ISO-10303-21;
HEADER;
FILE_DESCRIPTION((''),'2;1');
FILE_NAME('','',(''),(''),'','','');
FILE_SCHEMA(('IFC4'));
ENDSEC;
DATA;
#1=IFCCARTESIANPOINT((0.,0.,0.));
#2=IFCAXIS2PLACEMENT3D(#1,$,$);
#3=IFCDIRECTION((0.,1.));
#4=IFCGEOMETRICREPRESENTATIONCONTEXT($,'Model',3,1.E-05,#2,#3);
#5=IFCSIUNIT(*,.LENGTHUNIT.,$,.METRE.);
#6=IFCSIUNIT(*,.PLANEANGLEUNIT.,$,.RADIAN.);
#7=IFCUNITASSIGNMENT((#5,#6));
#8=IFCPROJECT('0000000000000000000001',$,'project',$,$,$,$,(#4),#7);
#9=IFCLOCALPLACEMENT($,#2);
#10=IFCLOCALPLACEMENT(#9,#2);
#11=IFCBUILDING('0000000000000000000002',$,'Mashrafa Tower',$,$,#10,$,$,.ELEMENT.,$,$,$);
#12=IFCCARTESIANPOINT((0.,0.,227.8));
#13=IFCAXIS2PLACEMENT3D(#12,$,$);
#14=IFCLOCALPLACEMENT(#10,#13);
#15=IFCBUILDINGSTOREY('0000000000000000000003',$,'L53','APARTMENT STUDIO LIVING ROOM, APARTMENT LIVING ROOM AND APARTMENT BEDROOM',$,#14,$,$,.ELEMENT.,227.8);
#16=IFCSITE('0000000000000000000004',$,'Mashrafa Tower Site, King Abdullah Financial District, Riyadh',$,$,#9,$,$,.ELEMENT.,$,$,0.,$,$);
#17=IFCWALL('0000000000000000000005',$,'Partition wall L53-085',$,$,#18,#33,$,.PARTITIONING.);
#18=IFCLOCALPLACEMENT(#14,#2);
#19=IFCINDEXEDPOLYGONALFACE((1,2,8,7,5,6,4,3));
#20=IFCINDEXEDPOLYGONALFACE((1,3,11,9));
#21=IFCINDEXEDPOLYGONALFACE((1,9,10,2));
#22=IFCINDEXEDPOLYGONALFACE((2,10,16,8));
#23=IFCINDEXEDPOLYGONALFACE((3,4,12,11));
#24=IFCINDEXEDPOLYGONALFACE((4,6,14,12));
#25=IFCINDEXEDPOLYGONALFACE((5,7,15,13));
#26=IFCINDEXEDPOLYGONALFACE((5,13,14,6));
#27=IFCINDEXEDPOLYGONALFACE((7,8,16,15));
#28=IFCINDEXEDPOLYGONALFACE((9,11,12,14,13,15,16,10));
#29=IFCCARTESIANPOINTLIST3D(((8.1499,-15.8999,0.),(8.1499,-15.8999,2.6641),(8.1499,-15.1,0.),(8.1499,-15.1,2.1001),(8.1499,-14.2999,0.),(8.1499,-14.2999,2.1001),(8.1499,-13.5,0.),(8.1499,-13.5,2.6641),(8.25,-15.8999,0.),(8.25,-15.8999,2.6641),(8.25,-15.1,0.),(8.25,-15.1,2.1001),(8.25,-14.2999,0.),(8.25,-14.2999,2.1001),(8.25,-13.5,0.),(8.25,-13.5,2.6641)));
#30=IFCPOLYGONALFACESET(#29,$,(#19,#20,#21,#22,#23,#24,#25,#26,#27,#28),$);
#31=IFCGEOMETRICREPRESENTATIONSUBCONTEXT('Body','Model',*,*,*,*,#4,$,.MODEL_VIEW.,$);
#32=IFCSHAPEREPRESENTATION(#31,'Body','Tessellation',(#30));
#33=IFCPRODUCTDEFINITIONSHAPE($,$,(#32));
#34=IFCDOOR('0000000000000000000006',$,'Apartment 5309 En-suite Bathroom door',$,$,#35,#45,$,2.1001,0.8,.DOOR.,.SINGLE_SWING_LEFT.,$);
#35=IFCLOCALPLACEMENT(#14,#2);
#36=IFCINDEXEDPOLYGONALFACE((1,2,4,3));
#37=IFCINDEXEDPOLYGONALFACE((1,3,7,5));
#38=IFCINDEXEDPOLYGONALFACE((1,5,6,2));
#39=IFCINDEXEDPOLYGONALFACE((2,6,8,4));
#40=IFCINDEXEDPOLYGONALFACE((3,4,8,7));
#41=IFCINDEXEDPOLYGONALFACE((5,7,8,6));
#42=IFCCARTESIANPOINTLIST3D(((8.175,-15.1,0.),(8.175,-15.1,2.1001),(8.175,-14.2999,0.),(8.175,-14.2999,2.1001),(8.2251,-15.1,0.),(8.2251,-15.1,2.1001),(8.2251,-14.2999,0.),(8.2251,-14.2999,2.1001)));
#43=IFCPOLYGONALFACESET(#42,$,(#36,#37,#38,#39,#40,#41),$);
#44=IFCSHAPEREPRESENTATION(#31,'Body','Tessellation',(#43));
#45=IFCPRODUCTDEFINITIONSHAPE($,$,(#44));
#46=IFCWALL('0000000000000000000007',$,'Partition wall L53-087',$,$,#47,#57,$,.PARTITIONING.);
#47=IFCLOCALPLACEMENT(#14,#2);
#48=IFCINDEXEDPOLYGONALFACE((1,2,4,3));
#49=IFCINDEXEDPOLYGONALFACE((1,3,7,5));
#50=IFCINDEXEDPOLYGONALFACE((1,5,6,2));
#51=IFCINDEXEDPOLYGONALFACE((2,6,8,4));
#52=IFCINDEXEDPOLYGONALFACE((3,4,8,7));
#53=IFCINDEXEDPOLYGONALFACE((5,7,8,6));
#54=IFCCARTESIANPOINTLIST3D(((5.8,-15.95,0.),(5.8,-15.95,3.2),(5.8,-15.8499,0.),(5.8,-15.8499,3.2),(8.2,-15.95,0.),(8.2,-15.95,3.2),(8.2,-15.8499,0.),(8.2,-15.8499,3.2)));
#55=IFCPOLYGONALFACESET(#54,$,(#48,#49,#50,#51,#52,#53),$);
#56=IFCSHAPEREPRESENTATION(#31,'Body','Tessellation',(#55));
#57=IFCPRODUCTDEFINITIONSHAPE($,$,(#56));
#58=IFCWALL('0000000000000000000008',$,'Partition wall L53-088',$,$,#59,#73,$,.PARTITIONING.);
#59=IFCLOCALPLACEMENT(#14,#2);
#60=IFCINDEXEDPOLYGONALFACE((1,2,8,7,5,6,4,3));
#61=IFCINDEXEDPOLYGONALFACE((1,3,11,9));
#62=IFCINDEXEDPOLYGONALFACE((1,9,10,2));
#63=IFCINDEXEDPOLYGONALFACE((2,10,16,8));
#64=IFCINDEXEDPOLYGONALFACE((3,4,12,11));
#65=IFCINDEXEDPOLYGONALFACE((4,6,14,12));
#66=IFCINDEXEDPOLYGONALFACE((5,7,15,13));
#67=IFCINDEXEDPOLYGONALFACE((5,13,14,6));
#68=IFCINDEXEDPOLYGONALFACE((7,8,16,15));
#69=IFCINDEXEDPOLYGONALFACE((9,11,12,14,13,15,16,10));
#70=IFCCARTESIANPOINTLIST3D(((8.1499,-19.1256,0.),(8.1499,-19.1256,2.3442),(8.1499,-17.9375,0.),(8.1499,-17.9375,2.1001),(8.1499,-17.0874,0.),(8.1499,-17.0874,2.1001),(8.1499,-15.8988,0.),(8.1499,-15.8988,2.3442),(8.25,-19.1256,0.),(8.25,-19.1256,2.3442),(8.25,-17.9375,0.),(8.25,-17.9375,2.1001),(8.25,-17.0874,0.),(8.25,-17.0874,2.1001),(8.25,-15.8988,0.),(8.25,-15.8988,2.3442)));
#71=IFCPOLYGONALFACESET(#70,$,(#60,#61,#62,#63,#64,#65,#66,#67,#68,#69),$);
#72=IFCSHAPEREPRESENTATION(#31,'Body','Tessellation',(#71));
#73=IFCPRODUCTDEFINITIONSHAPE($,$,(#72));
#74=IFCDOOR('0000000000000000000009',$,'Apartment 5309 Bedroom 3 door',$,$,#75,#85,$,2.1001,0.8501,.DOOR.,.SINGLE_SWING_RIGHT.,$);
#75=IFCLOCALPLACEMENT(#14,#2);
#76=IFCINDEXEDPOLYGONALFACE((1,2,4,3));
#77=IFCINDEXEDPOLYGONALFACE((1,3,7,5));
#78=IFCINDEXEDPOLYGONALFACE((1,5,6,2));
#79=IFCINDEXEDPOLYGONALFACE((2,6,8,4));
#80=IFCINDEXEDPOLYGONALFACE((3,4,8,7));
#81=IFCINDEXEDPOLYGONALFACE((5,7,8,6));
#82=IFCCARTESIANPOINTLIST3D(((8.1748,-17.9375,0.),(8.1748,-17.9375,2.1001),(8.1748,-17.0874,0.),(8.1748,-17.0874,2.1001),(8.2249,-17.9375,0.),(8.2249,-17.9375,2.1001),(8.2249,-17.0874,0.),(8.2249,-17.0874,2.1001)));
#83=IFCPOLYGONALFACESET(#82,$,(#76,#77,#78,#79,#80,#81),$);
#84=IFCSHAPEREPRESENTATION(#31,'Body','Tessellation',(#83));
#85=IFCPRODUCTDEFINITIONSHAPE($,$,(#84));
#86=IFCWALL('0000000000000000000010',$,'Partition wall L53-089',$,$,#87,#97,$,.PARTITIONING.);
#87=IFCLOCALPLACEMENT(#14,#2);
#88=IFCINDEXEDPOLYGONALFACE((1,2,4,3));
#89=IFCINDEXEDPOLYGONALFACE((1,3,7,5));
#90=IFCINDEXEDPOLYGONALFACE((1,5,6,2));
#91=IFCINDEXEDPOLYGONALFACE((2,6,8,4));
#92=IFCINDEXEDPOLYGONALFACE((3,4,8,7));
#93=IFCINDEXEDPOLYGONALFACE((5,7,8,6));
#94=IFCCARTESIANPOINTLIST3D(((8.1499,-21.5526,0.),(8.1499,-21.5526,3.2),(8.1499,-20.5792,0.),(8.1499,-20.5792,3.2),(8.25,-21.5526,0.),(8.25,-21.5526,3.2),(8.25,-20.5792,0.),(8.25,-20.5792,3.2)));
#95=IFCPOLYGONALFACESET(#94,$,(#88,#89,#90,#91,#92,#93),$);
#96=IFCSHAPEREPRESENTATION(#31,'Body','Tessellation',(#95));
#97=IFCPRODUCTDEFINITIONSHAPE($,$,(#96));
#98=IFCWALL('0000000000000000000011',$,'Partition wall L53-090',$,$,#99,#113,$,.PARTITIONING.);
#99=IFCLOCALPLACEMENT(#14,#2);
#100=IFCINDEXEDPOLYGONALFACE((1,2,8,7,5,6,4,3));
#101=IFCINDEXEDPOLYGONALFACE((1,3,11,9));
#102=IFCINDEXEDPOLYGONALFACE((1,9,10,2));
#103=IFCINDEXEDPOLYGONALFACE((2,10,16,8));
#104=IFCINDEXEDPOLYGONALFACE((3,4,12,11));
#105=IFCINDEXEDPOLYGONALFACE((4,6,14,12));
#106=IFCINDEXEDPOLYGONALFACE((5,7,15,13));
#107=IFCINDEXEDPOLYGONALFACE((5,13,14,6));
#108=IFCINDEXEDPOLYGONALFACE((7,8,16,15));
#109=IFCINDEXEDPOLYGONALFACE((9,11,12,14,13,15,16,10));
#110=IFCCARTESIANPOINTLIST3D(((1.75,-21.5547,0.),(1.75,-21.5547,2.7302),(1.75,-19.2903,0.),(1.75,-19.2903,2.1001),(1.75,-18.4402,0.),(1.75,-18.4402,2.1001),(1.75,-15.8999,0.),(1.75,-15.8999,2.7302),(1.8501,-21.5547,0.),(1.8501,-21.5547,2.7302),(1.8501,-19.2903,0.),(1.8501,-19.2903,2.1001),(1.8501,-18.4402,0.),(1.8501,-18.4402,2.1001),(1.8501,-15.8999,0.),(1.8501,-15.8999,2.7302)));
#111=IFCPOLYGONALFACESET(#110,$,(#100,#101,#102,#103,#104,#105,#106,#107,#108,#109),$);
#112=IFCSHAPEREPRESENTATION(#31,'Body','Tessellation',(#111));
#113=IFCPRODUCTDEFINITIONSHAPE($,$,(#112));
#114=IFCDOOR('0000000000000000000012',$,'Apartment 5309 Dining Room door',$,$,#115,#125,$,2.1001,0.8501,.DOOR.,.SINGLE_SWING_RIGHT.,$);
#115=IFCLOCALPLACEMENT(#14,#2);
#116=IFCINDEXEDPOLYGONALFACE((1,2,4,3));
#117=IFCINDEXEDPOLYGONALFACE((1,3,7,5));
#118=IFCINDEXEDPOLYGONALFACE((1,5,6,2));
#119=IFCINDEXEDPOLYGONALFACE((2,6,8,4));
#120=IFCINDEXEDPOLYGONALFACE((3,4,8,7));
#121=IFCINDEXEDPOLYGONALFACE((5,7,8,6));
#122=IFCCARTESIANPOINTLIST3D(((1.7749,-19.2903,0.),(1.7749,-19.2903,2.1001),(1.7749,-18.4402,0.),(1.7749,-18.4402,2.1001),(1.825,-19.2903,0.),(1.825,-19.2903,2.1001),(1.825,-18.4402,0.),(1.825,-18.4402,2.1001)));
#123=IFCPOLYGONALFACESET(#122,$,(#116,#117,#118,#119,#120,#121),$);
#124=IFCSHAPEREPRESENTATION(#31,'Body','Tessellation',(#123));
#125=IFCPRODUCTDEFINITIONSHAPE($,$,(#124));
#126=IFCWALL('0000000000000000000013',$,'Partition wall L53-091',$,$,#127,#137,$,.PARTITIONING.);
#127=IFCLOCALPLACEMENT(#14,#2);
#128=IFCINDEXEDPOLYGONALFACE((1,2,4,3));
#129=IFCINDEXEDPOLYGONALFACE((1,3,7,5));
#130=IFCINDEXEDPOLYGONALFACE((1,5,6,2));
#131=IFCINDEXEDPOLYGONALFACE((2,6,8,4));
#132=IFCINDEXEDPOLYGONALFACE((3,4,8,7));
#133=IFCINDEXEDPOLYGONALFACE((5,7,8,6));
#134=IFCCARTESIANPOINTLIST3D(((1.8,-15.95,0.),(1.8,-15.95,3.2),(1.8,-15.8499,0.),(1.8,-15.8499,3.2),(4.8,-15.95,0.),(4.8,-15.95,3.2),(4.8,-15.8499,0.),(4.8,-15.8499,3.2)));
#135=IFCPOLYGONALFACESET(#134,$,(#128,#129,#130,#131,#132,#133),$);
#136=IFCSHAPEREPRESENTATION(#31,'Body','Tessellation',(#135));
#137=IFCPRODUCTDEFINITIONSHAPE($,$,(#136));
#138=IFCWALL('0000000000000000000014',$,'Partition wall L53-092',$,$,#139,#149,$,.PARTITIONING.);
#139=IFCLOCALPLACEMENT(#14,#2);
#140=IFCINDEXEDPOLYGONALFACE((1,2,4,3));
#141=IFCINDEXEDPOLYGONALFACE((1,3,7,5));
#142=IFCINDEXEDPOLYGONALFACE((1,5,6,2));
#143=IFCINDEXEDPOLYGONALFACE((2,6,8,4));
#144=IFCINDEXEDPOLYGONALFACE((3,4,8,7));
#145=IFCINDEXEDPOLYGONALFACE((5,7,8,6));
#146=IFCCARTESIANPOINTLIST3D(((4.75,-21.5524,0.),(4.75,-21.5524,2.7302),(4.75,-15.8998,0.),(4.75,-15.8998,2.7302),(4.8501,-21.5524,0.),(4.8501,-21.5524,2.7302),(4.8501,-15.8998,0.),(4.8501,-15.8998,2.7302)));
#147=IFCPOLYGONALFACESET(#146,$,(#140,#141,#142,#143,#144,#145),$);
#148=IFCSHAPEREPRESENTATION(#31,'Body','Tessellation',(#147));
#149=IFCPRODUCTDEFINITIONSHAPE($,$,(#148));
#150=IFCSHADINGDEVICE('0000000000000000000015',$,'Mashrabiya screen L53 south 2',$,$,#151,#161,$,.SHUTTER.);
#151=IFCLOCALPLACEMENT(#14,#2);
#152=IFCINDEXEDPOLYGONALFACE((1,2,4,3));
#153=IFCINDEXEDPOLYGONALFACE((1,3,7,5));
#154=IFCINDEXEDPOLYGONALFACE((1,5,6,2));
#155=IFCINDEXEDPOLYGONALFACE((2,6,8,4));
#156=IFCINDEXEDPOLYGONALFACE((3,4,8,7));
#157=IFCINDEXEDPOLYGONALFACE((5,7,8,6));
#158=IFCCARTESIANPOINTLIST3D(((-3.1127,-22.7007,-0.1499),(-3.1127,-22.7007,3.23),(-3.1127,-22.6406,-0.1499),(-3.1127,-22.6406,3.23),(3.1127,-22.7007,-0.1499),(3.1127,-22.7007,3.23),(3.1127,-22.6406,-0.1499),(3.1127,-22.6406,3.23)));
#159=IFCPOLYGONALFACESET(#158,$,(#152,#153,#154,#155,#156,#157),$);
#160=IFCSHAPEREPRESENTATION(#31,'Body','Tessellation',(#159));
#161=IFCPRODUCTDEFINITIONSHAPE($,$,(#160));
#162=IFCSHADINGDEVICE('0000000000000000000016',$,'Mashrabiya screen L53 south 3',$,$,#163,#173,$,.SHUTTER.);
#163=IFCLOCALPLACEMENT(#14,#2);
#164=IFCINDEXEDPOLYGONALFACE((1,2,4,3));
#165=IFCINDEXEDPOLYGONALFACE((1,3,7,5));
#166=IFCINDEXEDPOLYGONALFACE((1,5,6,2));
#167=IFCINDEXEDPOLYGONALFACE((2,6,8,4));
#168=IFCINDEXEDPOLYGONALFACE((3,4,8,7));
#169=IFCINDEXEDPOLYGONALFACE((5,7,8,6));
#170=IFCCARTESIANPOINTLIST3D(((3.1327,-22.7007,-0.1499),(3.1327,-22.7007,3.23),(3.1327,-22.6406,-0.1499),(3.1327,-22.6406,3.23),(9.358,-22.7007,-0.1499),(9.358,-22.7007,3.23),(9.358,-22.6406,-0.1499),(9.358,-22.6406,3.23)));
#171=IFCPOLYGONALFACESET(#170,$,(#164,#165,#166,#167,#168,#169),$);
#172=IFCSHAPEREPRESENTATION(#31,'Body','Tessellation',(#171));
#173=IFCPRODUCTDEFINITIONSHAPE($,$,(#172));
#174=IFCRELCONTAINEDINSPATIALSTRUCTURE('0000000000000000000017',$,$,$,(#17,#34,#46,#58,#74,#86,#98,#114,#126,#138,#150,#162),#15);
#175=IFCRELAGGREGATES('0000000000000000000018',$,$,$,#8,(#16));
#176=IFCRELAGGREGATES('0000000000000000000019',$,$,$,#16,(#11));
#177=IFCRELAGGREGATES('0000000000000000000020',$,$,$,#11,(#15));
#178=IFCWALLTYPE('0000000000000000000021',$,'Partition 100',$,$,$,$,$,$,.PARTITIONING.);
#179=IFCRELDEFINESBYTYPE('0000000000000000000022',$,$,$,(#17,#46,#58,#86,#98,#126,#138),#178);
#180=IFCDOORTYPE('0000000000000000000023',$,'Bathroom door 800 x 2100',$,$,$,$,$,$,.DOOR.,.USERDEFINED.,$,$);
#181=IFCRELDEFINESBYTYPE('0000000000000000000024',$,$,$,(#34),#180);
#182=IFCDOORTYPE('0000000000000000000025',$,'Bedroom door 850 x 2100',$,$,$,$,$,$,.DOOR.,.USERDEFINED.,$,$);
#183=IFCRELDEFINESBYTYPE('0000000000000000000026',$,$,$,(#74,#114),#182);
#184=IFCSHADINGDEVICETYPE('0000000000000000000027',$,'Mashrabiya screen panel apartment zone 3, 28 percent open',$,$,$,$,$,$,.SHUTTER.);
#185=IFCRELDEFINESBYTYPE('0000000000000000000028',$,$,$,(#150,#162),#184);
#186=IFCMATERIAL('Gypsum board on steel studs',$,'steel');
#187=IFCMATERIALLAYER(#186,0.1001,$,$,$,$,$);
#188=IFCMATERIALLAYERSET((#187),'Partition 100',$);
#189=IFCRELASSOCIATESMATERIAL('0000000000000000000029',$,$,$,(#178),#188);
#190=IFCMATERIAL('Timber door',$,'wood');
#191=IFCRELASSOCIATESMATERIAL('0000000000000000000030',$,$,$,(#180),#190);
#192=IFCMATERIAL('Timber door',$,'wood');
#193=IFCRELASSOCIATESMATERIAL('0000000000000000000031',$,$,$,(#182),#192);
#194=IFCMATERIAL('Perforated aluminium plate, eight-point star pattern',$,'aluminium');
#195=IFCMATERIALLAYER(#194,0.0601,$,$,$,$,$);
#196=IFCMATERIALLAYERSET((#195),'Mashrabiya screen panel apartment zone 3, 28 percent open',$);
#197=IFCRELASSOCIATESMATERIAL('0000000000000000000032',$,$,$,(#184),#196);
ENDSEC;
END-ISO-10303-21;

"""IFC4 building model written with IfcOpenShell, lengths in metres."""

from ifc_helpers import new_model, si_unit, direction, frame, frame_2d, origin, origin_2d, place, context, subcontext, project, spatial, rectangle, extrude, source, transform, mapped, material, layer, layer_set, type_object, type_shapes, element, fill, save


model = new_model("IFC4")

# Units and contexts
model_context = context("Model", 3, precision=1e-05, world=origin(), true_north=direction((0.0, 1.0)))
body_context = subcontext(model_context, "Body", "Model", "MODEL_VIEW")
ifc_project = project(units=[si_unit("LENGTHUNIT", "METRE"), si_unit("PLANEANGLEUNIT", "RADIAN")], contexts=[model_context])

# Site, building, storey
site_placement = place(None, origin())
site = spatial("IfcSite", under=ifc_project, at=site_placement, Name="Mashrafa Tower Site, King Abdullah Financial District, Riyadh", CompositionType="ELEMENT", RefElevation=0.0)
building_placement = place(site_placement, origin())
building = spatial("IfcBuilding", under=site, at=building_placement, Name="Mashrafa Tower", CompositionType="ELEMENT")
storey_placement = place(building_placement, frame((0.0, 0.0, 227.8)))
storey = spatial("IfcBuildingStorey", under=building, at=storey_placement, Name="L53", Description="APARTMENT STUDIO LIVING ROOM, APARTMENT LIVING ROOM AND APARTMENT BEDROOM", CompositionType="ELEMENT", Elevation=227.8)

# Wall, opening, door
ifc_material_1 = material(Name="Gypsum board on steel studs", Category="steel")
ifc_layer_1 = layer(ifc_material_1, 0.1001)
ifc_layer_set_1 = layer_set([ifc_layer_1], Name="Partition 100")
wall_type = type_object("IfcWallType", Name="Partition 100", PredefinedType="PARTITIONING", material=ifc_layer_set_1)
wall_1_placement = place(storey_placement, frame((8.2, -15.8999, 0.0), z_axis=(0.0, 0.0, 1.0), x_axis=(0.0, 1.0, 0.0)))
wall_1 = element("IfcWall", 1, at=wall_1_placement, inside=storey, type_object=wall_type, Name="Partition wall L53-085", PredefinedType="PARTITIONING", context=body_context, shape_type="SweptSolid", body=[
    extrude(rectangle(XDim=2.3999, YDim=0.1001, at=frame_2d((1.2, 0.0))), origin(), (0.0, 0.0, 1.0), 2.6641),
])
opening_1_placement = place(wall_1_placement, frame((0.8, 0.0, 0.0)))
opening_1 = element("IfcOpeningElement", 2, at=opening_1_placement, cuts=wall_1, PredefinedType="OPENING", context=body_context, shape_type="SweptSolid", body=[
    extrude(rectangle(XDim=0.8, YDim=2.1001, at=frame_2d((0.3999, 1.05))), frame((0.0, 0.0601, 0.0), z_axis=(0.0, -1.0, 0.0), x_axis=(1.0, 0.0, 0.0)), (0.0, 0.0, 1.0), 0.1201),
])
ifc_material_2 = material(Name="Timber door", Category="wood")
door_type_1 = type_object("IfcDoorType", Name="Bathroom door 800 x 2100", OperationType="USERDEFINED", PredefinedType="DOOR", material=ifc_material_2)
door_1_placement = place(opening_1_placement, origin())
door_1 = element("IfcDoor", 3, at=door_1_placement, inside=storey, type_object=door_type_1, Name="Apartment 5309 En-suite Bathroom door", OperationType="SINGLE_SWING_LEFT", OverallHeight=2.1001, OverallWidth=0.8, PredefinedType="DOOR", context=body_context, shape_type="SweptSolid", body=[
    extrude(rectangle(XDim=0.8, YDim=2.1001, at=frame_2d((0.3999, 1.05))), frame((0.0, 0.0249, 0.0), z_axis=(0.0, -1.0, 0.0), x_axis=(1.0, 0.0, 0.0)), (0.0, 0.0, 1.0), 0.05),
])
fill(opening_1, door_1)

# Wall
wall_2_placement = place(storey_placement, frame((5.8, -15.8999, 0.0), z_axis=(0.0, 0.0, 1.0), x_axis=(1.0, 0.0, 0.0)))
element("IfcWall", 4, at=wall_2_placement, inside=storey, type_object=wall_type, Name="Partition wall L53-087", PredefinedType="PARTITIONING", context=body_context, shape_type="SweptSolid", body=[
    extrude(rectangle(XDim=2.3999, YDim=0.1001, at=frame_2d((1.2, 0.0))), origin(), (0.0, 0.0, 1.0), 3.2),
])

# Wall, opening, door
wall_3_placement = place(storey_placement, frame((8.2, -15.8989, 0.0), z_axis=(0.0, 0.0, 1.0), x_axis=(0.0, -1.0, 0.0)))
wall_3 = element("IfcWall", 5, at=wall_3_placement, inside=storey, type_object=wall_type, Name="Partition wall L53-088", PredefinedType="PARTITIONING", context=body_context, shape_type="SweptSolid", body=[
    extrude(rectangle(XDim=3.2268, YDim=0.1001, at=frame_2d((1.6133, 0.0))), origin(), (0.0, 0.0, 1.0), 2.3442),
])
opening_2_placement = place(wall_3_placement, frame((1.1885, 0.0, 0.0)))
opening_2 = element("IfcOpeningElement", 6, at=opening_2_placement, cuts=wall_3, PredefinedType="OPENING", context=body_context, shape_type="SweptSolid", body=[
    extrude(rectangle(XDim=0.8501, YDim=2.1001, at=frame_2d((0.425, 1.05))), frame((0.0, 0.0601, 0.0), z_axis=(0.0, -1.0, 0.0), x_axis=(1.0, 0.0, 0.0)), (0.0, 0.0, 1.0), 0.1201),
])
ifc_material_3 = material(Name="Timber door", Category="wood")
door_type_2 = type_object("IfcDoorType", Name="Bedroom door 850 x 2100", OperationType="USERDEFINED", PredefinedType="DOOR", material=ifc_material_3)
door_2_placement = place(opening_2_placement, origin())
door_2 = element("IfcDoor", 7, at=door_2_placement, inside=storey, type_object=door_type_2, Name="Apartment 5309 Bedroom 3 door", OperationType="SINGLE_SWING_RIGHT", OverallHeight=2.1001, OverallWidth=0.8501, PredefinedType="DOOR", context=body_context, shape_type="SweptSolid", body=[
    extrude(rectangle(XDim=0.8501, YDim=2.1001, at=frame_2d((0.425, 1.05))), frame((0.0, 0.0249, 0.0), z_axis=(0.0, -1.0, 0.0), x_axis=(1.0, 0.0, 0.0)), (0.0, 0.0, 1.0), 0.05),
])
fill(opening_2, door_2)

# Wall
wall_4_placement = place(storey_placement, frame((8.2, -20.5791, 0.0), z_axis=(0.0, 0.0, 1.0), x_axis=(0.0, -1.0, 0.0)))
element("IfcWall", 8, at=wall_4_placement, inside=storey, type_object=wall_type, Name="Partition wall L53-089", PredefinedType="PARTITIONING", context=body_context, shape_type="SweptSolid", body=[
    extrude(rectangle(XDim=0.9734, YDim=0.1001, at=frame_2d((0.4868, 0.0))), origin(), (0.0, 0.0, 1.0), 3.2),
])

# Wall, opening, door
wall_5_placement = place(storey_placement, frame((1.8, -21.5547, 0.0), z_axis=(0.0, 0.0, 1.0), x_axis=(0.0, 1.0, 0.0)))
wall_5 = element("IfcWall", 9, at=wall_5_placement, inside=storey, type_object=wall_type, Name="Partition wall L53-090", PredefinedType="PARTITIONING", context=body_context, shape_type="SweptSolid", body=[
    extrude(rectangle(XDim=5.6548, YDim=0.1001, at=frame_2d((2.8274, 0.0))), origin(), (0.0, 0.0, 1.0), 2.7302),
])
opening_3_placement = place(wall_5_placement, frame((2.2644, 0.0, 0.0)))
opening_3 = element("IfcOpeningElement", 10, at=opening_3_placement, cuts=wall_5, PredefinedType="OPENING", context=body_context, shape_type="SweptSolid", body=[
    extrude(rectangle(XDim=0.8501, YDim=2.1001, at=frame_2d((0.425, 1.05))), frame((0.0, 0.0601, 0.0), z_axis=(0.0, -1.0, 0.0), x_axis=(1.0, 0.0, 0.0)), (0.0, 0.0, 1.0), 0.1201),
])
door_3_placement = place(opening_3_placement, frame((0.8501, 0.0, 0.0), z_axis=(0.0, 0.0, 1.0), x_axis=(-1.0, 0.0, 0.0)))
door_3 = element("IfcDoor", 11, at=door_3_placement, inside=storey, type_object=door_type_2, Name="Apartment 5309 Dining Room door", OperationType="SINGLE_SWING_RIGHT", OverallHeight=2.1001, OverallWidth=0.8501, PredefinedType="DOOR", context=body_context, shape_type="SweptSolid", body=[
    extrude(rectangle(XDim=0.8501, YDim=2.1001, at=frame_2d((0.425, 1.05))), frame((0.0, 0.0249, 0.0), z_axis=(0.0, -1.0, 0.0), x_axis=(1.0, 0.0, 0.0)), (0.0, 0.0, 1.0), 0.05),
])
fill(opening_3, door_3)

# Walls
wall_6_placement = place(storey_placement, frame((1.8, -15.8999, 0.0), z_axis=(0.0, 0.0, 1.0), x_axis=(1.0, 0.0, 0.0)))
element("IfcWall", 12, at=wall_6_placement, inside=storey, type_object=wall_type, Name="Partition wall L53-091", PredefinedType="PARTITIONING", context=body_context, shape_type="SweptSolid", body=[
    extrude(rectangle(XDim=3.0, YDim=0.1001, at=frame_2d((1.5, 0.0))), origin(), (0.0, 0.0, 1.0), 3.2),
])
wall_7_placement = place(storey_placement, frame((4.8, -15.8999, 0.0), z_axis=(0.0, 0.0, 1.0), x_axis=(0.0, -1.0, 0.0)))
element("IfcWall", 13, at=wall_7_placement, inside=storey, type_object=wall_type, Name="Partition wall L53-092", PredefinedType="PARTITIONING", context=body_context, shape_type="SweptSolid", body=[
    extrude(rectangle(XDim=5.6526, YDim=0.1001, at=frame_2d((2.8262, 0.0))), origin(), (0.0, 0.0, 1.0), 2.7302),
])

# Shading devices
ifc_material_4 = material(Name="Perforated aluminium plate, eight-point star pattern", Category="aluminium")
ifc_layer_2 = layer(ifc_material_4, 0.0601)
ifc_layer_set_2 = layer_set([ifc_layer_2], Name="Mashrabiya screen panel apartment zone 3, 28 percent open")
shading_device_type = type_object("IfcShadingDeviceType", Name="Mashrabiya screen panel apartment zone 3, 28 percent open", PredefinedType="SHUTTER", material=ifc_layer_set_2)
shared_shape_1 = source(origin(), body_context, "Body", "SweptSolid", [
    extrude(rectangle(XDim=6.2253, YDim=0.0601, at=origin_2d()), origin(), (0.0, 0.0, 1.0), 3.3799),
])
type_shapes(shading_device_type, [shared_shape_1])
for number, where, z_axis, x_axis, name in (
    (14, (0.0, -22.6707, -0.1499), (0.0, 0.0, 1.0), (1.0, 0.0, 0.0), "Mashrabiya screen L53 south 2"),
    (15, (6.2454, -22.6707, -0.1499), (0.0, 0.0, 1.0), (1.0, 0.0, 0.0), "Mashrabiya screen L53 south 3"),
):
    element("IfcShadingDevice", number, at=place(storey_placement, frame(where, z_axis=z_axis, x_axis=x_axis)), inside=storey, type_object=shading_device_type, Name=name, PredefinedType="SHUTTER", context=body_context, shape_type="MappedRepresentation", body=[
        mapped(shared_shape_1, transform((0.0, 0.0, 0.0))),
    ])

save(model, "model.ifc")
